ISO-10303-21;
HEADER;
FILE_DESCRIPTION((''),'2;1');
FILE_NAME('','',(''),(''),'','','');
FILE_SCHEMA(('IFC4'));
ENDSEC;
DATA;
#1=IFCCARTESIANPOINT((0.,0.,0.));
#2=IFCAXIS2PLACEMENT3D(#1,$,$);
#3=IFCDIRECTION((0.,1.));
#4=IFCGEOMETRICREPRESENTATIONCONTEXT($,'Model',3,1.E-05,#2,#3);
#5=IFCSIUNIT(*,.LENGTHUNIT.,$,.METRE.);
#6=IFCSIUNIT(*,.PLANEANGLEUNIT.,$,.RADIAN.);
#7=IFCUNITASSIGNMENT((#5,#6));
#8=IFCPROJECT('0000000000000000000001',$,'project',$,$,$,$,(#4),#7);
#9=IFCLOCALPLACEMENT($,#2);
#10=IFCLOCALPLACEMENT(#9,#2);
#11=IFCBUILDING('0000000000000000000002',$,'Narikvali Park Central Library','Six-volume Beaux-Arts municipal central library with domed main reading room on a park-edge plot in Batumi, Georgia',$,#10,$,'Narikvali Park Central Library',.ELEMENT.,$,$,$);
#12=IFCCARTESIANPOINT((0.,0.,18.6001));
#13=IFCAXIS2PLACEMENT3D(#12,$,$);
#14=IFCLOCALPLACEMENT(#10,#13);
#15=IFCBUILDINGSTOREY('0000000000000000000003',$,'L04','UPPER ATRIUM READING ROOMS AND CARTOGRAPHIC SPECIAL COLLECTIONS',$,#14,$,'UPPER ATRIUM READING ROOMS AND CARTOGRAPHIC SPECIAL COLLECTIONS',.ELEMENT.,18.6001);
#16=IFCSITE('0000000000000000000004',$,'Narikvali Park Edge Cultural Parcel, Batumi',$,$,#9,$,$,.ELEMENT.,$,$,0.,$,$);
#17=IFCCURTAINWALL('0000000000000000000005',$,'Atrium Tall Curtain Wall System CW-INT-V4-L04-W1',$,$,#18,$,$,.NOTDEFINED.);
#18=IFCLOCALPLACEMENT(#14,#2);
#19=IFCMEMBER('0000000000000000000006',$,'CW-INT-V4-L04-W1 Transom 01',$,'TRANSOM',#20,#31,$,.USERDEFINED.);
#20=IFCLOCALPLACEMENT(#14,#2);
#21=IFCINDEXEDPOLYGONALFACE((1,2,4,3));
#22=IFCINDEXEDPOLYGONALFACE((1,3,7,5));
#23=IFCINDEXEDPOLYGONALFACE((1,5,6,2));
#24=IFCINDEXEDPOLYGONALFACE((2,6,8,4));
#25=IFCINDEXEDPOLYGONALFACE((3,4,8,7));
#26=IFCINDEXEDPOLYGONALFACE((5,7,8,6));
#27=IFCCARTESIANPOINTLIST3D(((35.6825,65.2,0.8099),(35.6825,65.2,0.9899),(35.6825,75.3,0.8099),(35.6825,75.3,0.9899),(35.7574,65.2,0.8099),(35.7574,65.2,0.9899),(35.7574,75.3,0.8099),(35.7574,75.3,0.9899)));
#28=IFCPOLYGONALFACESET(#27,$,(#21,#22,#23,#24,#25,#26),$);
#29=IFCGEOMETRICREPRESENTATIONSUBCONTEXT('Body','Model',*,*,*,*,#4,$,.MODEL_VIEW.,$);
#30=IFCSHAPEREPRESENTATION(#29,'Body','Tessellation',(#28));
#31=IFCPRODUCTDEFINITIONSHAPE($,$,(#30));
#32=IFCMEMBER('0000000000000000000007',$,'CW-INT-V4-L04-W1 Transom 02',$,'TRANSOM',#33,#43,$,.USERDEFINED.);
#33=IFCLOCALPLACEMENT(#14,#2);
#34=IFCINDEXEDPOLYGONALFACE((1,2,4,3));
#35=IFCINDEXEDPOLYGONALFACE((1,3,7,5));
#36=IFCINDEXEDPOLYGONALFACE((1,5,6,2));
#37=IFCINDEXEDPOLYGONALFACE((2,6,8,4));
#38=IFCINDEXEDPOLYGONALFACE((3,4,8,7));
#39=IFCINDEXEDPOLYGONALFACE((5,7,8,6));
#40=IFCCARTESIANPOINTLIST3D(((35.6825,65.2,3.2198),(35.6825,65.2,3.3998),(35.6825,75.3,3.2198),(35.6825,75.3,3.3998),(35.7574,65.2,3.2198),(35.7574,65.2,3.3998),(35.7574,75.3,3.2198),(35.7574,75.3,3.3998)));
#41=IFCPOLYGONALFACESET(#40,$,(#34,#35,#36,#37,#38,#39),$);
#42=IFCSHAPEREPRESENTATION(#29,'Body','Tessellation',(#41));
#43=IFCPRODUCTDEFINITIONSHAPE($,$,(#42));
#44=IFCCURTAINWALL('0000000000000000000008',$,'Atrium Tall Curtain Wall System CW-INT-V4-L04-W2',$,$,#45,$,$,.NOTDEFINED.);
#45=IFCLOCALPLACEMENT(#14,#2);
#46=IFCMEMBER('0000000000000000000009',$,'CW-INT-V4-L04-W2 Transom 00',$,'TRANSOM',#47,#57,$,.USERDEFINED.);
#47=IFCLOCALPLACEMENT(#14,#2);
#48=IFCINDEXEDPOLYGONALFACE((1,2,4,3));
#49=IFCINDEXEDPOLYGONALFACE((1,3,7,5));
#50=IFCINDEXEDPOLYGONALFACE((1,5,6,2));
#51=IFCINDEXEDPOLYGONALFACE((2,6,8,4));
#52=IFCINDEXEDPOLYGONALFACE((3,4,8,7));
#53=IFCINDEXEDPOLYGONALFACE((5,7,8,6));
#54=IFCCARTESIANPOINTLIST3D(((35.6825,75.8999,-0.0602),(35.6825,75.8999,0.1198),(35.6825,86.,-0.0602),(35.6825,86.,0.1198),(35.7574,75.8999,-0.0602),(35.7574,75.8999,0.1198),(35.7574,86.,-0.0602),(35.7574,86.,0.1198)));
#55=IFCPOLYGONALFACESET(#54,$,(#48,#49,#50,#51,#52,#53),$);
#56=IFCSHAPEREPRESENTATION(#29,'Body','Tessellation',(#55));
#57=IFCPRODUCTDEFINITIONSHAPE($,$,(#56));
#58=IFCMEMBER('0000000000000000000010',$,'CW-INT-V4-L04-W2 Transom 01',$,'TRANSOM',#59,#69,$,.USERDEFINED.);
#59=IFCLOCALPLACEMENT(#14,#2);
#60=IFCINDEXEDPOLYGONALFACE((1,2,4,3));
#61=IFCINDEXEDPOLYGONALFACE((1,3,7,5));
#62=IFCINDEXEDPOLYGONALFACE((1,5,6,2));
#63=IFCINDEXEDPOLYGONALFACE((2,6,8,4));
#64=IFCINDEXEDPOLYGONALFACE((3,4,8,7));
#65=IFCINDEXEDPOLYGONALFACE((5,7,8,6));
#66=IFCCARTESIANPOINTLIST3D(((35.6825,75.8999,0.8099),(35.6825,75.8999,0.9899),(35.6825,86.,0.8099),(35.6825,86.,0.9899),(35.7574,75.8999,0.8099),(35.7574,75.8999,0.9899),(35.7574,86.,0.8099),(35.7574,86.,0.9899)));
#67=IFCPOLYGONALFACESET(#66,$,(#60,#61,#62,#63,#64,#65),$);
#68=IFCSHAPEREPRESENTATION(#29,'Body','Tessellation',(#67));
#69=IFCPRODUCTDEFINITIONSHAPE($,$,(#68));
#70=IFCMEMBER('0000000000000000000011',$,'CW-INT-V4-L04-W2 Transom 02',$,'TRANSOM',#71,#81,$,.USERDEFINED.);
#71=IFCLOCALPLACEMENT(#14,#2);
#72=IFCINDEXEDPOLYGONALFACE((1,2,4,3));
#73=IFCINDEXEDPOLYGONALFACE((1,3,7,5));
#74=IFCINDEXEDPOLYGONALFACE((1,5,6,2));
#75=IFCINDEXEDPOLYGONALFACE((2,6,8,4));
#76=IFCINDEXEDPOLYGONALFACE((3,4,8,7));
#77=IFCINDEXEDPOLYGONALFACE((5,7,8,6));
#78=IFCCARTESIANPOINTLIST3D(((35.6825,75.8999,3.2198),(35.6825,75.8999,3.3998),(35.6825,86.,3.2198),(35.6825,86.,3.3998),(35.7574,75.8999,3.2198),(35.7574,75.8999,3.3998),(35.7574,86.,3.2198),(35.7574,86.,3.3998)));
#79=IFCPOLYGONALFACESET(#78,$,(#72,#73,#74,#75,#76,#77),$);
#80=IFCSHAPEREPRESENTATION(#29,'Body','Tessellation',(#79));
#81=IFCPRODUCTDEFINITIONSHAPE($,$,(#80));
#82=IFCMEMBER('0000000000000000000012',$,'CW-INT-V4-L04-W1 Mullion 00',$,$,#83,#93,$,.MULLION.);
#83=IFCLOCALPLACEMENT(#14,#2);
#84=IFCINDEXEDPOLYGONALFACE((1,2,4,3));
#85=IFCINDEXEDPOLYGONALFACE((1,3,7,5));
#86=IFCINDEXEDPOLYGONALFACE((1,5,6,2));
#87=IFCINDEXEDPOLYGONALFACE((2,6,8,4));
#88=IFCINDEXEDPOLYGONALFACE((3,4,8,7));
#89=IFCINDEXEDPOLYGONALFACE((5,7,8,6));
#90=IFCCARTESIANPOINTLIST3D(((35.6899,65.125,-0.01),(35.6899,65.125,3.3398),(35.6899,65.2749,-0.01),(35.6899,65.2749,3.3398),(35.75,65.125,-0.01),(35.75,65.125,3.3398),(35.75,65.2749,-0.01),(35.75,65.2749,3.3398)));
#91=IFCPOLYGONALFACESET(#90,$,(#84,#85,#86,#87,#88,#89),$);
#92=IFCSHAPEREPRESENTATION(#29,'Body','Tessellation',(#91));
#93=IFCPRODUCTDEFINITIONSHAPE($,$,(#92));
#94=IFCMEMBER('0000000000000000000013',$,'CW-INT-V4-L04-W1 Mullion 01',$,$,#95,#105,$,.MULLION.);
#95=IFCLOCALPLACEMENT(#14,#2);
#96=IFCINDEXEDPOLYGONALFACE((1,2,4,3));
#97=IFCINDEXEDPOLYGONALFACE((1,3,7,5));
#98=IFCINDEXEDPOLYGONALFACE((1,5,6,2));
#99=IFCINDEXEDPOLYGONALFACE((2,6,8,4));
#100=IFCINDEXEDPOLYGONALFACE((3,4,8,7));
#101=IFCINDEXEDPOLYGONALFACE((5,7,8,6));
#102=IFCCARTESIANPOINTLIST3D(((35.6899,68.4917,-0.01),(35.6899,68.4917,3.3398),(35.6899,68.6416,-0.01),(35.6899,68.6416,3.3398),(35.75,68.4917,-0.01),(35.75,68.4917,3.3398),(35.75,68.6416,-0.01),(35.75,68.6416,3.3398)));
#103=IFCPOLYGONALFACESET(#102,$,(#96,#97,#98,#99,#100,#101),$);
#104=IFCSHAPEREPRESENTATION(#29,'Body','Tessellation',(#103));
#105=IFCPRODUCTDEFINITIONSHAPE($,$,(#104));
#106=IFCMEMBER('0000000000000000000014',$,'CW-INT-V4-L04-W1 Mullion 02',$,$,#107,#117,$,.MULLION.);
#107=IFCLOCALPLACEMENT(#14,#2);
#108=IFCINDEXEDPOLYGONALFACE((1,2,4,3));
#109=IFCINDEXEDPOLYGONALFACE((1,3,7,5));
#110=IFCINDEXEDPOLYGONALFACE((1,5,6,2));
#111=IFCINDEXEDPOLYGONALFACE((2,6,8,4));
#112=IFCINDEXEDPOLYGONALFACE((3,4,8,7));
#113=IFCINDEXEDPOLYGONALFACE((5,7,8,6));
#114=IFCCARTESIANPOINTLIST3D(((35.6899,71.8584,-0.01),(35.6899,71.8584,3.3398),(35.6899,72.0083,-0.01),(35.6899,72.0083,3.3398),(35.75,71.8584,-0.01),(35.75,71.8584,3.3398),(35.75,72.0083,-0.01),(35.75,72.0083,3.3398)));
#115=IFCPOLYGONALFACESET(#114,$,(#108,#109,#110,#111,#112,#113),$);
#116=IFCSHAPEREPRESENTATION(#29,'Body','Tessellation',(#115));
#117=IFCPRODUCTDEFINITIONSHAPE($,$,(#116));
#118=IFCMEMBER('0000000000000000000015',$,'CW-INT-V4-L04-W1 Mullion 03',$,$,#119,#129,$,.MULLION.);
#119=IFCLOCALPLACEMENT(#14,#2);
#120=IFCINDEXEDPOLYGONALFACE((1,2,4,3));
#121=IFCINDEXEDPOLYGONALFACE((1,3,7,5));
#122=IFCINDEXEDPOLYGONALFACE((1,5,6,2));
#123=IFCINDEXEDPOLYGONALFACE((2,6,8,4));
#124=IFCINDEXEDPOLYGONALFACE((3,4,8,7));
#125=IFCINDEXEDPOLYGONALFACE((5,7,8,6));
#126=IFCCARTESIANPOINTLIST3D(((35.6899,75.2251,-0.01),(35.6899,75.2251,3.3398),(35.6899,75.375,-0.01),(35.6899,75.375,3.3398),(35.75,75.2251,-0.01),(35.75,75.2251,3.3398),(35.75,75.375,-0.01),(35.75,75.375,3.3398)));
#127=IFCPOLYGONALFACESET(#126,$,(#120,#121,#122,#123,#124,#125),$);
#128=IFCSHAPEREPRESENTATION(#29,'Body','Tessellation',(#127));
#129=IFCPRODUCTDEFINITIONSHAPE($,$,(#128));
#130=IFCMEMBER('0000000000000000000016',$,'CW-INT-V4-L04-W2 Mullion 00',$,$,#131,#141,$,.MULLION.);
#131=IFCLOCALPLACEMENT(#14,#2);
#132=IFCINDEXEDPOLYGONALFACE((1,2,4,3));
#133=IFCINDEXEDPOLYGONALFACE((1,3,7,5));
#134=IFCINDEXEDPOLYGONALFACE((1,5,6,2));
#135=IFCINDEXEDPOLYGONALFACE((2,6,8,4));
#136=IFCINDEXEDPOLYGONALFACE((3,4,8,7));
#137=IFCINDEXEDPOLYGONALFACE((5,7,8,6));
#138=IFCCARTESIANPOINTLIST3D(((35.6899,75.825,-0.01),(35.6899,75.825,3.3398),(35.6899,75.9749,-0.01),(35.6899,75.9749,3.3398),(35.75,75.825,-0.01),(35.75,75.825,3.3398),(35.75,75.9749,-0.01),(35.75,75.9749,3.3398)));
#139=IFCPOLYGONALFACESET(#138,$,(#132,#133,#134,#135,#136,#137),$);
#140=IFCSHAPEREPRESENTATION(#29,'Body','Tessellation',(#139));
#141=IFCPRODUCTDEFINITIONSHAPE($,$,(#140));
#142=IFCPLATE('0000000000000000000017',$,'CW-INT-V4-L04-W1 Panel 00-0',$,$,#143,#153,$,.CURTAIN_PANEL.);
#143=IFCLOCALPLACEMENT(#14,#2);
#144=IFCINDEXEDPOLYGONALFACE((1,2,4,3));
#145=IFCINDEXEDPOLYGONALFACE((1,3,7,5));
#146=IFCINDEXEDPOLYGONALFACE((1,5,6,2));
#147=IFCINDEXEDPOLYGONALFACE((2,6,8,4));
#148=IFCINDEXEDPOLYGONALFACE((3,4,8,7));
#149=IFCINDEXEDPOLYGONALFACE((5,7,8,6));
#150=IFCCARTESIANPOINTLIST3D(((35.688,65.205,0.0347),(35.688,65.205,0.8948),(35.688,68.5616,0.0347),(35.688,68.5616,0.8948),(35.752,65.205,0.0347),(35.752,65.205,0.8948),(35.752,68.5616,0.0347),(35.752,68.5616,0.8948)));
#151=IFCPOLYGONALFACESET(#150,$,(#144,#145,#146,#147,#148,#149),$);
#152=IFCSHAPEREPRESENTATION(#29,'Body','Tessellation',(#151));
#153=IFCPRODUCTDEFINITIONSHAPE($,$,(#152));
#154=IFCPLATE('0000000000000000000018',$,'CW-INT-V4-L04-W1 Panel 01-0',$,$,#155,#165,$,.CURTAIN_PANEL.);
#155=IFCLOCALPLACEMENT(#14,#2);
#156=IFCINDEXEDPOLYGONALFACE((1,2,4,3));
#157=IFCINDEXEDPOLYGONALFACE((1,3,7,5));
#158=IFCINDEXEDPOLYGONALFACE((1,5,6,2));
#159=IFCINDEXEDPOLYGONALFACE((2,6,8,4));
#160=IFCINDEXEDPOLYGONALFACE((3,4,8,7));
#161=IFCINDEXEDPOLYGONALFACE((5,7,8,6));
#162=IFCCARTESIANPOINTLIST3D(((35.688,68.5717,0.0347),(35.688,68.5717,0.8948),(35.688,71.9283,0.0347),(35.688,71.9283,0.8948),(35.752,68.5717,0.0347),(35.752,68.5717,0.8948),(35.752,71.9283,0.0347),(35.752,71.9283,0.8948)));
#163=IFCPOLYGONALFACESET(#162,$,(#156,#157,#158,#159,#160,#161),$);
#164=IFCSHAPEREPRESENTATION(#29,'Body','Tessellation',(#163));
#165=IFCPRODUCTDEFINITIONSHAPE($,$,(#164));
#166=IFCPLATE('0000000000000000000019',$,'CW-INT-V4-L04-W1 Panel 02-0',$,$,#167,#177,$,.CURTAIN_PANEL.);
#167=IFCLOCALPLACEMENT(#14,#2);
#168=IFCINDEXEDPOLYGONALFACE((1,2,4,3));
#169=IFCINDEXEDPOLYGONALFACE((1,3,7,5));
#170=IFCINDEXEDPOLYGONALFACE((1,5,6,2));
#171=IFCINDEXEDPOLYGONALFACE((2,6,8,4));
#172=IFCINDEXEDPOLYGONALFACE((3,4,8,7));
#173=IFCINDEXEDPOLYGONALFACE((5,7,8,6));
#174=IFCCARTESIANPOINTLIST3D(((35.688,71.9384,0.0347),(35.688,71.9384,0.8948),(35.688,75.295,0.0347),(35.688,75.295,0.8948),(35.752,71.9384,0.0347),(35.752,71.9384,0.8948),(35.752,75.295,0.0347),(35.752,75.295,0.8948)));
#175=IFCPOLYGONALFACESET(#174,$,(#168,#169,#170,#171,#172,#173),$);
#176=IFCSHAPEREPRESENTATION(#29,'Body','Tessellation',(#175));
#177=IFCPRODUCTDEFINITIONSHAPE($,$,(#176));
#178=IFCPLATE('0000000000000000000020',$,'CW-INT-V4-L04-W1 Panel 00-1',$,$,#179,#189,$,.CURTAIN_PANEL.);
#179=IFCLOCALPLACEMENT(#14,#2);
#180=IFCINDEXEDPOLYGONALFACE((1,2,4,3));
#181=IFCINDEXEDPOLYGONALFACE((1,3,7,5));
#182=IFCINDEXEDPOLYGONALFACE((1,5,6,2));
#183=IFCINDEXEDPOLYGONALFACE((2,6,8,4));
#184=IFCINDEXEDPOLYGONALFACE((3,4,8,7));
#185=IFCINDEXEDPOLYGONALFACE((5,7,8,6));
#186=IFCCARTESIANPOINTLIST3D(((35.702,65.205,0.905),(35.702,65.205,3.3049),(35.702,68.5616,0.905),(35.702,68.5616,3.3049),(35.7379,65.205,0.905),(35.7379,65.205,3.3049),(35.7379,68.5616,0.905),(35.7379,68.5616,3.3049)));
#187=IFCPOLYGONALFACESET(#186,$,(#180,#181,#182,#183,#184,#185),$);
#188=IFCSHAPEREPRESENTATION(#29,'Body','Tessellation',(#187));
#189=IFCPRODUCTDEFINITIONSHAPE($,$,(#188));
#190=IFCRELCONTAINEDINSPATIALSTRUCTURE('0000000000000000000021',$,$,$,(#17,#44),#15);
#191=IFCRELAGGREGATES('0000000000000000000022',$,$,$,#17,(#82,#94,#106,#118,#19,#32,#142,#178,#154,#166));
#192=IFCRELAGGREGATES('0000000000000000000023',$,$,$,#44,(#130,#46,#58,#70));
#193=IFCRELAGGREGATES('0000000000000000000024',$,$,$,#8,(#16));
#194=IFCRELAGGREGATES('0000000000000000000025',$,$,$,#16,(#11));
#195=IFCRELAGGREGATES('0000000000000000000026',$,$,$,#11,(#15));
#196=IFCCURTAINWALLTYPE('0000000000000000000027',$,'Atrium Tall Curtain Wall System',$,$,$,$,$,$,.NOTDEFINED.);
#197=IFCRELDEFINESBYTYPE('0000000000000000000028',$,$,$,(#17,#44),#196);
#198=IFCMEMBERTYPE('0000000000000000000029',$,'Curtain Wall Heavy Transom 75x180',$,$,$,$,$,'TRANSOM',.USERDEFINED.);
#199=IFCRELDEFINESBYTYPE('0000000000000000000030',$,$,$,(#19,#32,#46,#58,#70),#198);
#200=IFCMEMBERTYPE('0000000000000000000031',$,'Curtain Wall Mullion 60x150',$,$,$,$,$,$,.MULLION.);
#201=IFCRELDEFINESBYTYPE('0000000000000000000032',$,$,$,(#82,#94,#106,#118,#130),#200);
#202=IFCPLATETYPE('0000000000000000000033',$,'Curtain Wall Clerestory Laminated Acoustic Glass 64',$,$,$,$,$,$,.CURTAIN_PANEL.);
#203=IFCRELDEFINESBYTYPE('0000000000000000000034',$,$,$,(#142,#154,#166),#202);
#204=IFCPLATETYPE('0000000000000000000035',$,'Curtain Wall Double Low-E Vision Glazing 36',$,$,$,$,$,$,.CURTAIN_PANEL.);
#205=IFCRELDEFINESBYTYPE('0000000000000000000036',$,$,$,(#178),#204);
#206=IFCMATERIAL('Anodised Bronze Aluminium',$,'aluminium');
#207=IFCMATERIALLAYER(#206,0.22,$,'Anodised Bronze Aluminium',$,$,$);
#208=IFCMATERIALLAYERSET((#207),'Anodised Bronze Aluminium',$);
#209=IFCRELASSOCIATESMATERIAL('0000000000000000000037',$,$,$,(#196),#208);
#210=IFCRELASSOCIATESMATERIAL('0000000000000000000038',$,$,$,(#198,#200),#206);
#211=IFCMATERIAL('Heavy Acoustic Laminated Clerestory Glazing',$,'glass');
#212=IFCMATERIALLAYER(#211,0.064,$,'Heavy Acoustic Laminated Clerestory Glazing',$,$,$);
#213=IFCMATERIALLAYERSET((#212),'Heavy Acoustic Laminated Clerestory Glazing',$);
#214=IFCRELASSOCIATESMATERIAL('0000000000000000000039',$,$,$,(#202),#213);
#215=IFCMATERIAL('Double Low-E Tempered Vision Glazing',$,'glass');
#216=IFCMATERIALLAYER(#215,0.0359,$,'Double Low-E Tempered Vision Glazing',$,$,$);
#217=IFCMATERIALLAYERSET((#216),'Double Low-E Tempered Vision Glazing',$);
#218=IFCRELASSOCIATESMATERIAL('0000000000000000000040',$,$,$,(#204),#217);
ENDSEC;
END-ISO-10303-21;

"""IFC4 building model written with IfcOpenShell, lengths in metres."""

from ifc_helpers import new_model, si_unit, direction, frame, origin, origin_2d, place, context, subcontext, project, spatial, rectangle, extrude, material, layer, layer_set, material_profile, profile_set, type_object, element, aggregate, save


model = new_model("IFC4")

# Units and contexts
model_context = context("Model", 3, precision=1e-05, world=origin(), true_north=direction((0.0, 1.0)))
body_context = subcontext(model_context, "Body", "Model", "MODEL_VIEW")
ifc_project = project(units=[si_unit("LENGTHUNIT", "METRE"), si_unit("PLANEANGLEUNIT", "RADIAN")], contexts=[model_context])

# Site, building, storey
site_placement = place(None, origin())
site = spatial("IfcSite", under=ifc_project, at=site_placement, Name="Narikvali Park Edge Cultural Parcel, Batumi", CompositionType="ELEMENT", RefElevation=0.0)
building_placement = place(site_placement, origin())
building = spatial("IfcBuilding", under=site, at=building_placement, Name="Narikvali Park Central Library", Description="Six-volume Beaux-Arts municipal central library with domed main reading room on a park-edge plot in Batumi, Georgia", LongName="Narikvali Park Central Library", CompositionType="ELEMENT")
storey_placement = place(building_placement, frame((0.0, 0.0, 18.6001)))
storey = spatial("IfcBuildingStorey", under=building, at=storey_placement, Name="L04", Description="UPPER ATRIUM READING ROOMS AND CARTOGRAPHIC SPECIAL COLLECTIONS", LongName="UPPER ATRIUM READING ROOMS AND CARTOGRAPHIC SPECIAL COLLECTIONS", CompositionType="ELEMENT", Elevation=18.6001)

# Curtain walls, members
ifc_material_1 = material(Name="Anodised Bronze Aluminium", Category="aluminium")
ifc_layer_1 = layer(ifc_material_1, 0.22, Name="Anodised Bronze Aluminium")
ifc_layer_set_1 = layer_set([ifc_layer_1], Name="Anodised Bronze Aluminium")
curtain_wall_type = type_object("IfcCurtainWallType", Name="Atrium Tall Curtain Wall System", PredefinedType="NOTDEFINED", material=ifc_layer_set_1)
curtain_wall_1_placement = place(storey_placement, origin())
curtain_wall_1 = element("IfcCurtainWall", 1, at=curtain_wall_1_placement, inside=storey, type_object=curtain_wall_type, Name="Atrium Tall Curtain Wall System CW-INT-V4-L04-W1", PredefinedType="NOTDEFINED")
ifc_material_profile_1 = material_profile(ifc_material_1, rectangle(XDim=0.075, YDim=0.1799, at=origin_2d()), Name="CW TRANSOM 75x180")
ifc_profile_set_1 = profile_set([ifc_material_profile_1], Name="Anodised Bronze Aluminium")
member_type_1 = type_object("IfcMemberType", Name="Curtain Wall Heavy Transom 75x180", ElementType="TRANSOM", PredefinedType="USERDEFINED", material=ifc_profile_set_1)
member_1_placement = place(storey_placement, frame((35.72, 65.2, 0.8999), z_axis=(0.0, 1.0, 0.0), x_axis=(-1.0, 0.0, 0.0)))
member_1 = element("IfcMember", 2, at=member_1_placement, type_object=member_type_1, Name="CW-INT-V4-L04-W1 Transom 01", ObjectType="TRANSOM", PredefinedType="USERDEFINED", context=body_context, shape_type="SweptSolid", body=[
    extrude(rectangle(XDim=0.075, YDim=0.1799, at=origin_2d()), origin(), (0.0, 0.0, 1.0), 10.1001),
])
member_2_placement = place(storey_placement, frame((35.72, 65.2, 3.3098), z_axis=(0.0, 1.0, 0.0), x_axis=(-1.0, 0.0, 0.0)))
member_2 = element("IfcMember", 3, at=member_2_placement, type_object=member_type_1, Name="CW-INT-V4-L04-W1 Transom 02", ObjectType="TRANSOM", PredefinedType="USERDEFINED", context=body_context, shape_type="SweptSolid", body=[
    extrude(rectangle(XDim=0.075, YDim=0.1799, at=origin_2d()), origin(), (0.0, 0.0, 1.0), 10.1001),
])
curtain_wall_2_placement = place(storey_placement, origin())
curtain_wall_2 = element("IfcCurtainWall", 4, at=curtain_wall_2_placement, inside=storey, type_object=curtain_wall_type, Name="Atrium Tall Curtain Wall System CW-INT-V4-L04-W2", PredefinedType="NOTDEFINED")
member_3_placement = place(storey_placement, frame((35.72, 75.8999, 0.0298), z_axis=(0.0, 1.0, 0.0), x_axis=(-1.0, 0.0, 0.0)))
member_3 = element("IfcMember", 5, at=member_3_placement, type_object=member_type_1, Name="CW-INT-V4-L04-W2 Transom 00", ObjectType="TRANSOM", PredefinedType="USERDEFINED", context=body_context, shape_type="SweptSolid", body=[
    extrude(rectangle(XDim=0.075, YDim=0.1799, at=origin_2d()), origin(), (0.0, 0.0, 1.0), 10.1001),
])
member_4_placement = place(storey_placement, frame((35.72, 75.8999, 0.8999), z_axis=(0.0, 1.0, 0.0), x_axis=(-1.0, 0.0, 0.0)))
member_4 = element("IfcMember", 6, at=member_4_placement, type_object=member_type_1, Name="CW-INT-V4-L04-W2 Transom 01", ObjectType="TRANSOM", PredefinedType="USERDEFINED", context=body_context, shape_type="SweptSolid", body=[
    extrude(rectangle(XDim=0.075, YDim=0.1799, at=origin_2d()), origin(), (0.0, 0.0, 1.0), 10.1001),
])
member_5_placement = place(storey_placement, frame((35.72, 75.8999, 3.3098), z_axis=(0.0, 1.0, 0.0), x_axis=(-1.0, 0.0, 0.0)))
member_5 = element("IfcMember", 7, at=member_5_placement, type_object=member_type_1, Name="CW-INT-V4-L04-W2 Transom 02", ObjectType="TRANSOM", PredefinedType="USERDEFINED", context=body_context, shape_type="SweptSolid", body=[
    extrude(rectangle(XDim=0.075, YDim=0.1799, at=origin_2d()), origin(), (0.0, 0.0, 1.0), 10.1001),
])

# Members
ifc_material_profile_2 = material_profile(ifc_material_1, rectangle(XDim=0.0601, YDim=0.1499, at=origin_2d()), Name="CW MULLION 60x150")
ifc_profile_set_2 = profile_set([ifc_material_profile_2], Name="Anodised Bronze Aluminium")
member_type_2 = type_object("IfcMemberType", Name="Curtain Wall Mullion 60x150", PredefinedType="MULLION", material=ifc_profile_set_2)
member_6_placement = place(storey_placement, frame((35.72, 65.2, -0.01), z_axis=(0.0, 0.0, 1.0), x_axis=(1.0, 0.0, 0.0)))
member_6 = element("IfcMember", 8, at=member_6_placement, type_object=member_type_2, Name="CW-INT-V4-L04-W1 Mullion 00", PredefinedType="MULLION", context=body_context, shape_type="SweptSolid", body=[
    extrude(rectangle(XDim=0.0601, YDim=0.1499, at=origin_2d()), origin(), (0.0, 0.0, 1.0), 3.3499),
])
member_7_placement = place(storey_placement, frame((35.72, 68.5667, -0.01), z_axis=(0.0, 0.0, 1.0), x_axis=(1.0, 0.0, 0.0)))
member_7 = element("IfcMember", 9, at=member_7_placement, type_object=member_type_2, Name="CW-INT-V4-L04-W1 Mullion 01", PredefinedType="MULLION", context=body_context, shape_type="SweptSolid", body=[
    extrude(rectangle(XDim=0.0601, YDim=0.1499, at=origin_2d()), origin(), (0.0, 0.0, 1.0), 3.3499),
])
member_8_placement = place(storey_placement, frame((35.72, 71.9333, -0.01), z_axis=(0.0, 0.0, 1.0), x_axis=(1.0, 0.0, 0.0)))
member_8 = element("IfcMember", 10, at=member_8_placement, type_object=member_type_2, Name="CW-INT-V4-L04-W1 Mullion 02", PredefinedType="MULLION", context=body_context, shape_type="SweptSolid", body=[
    extrude(rectangle(XDim=0.0601, YDim=0.1499, at=origin_2d()), origin(), (0.0, 0.0, 1.0), 3.3499),
])
member_9_placement = place(storey_placement, frame((35.72, 75.3, -0.01), z_axis=(0.0, 0.0, 1.0), x_axis=(1.0, 0.0, 0.0)))
member_9 = element("IfcMember", 11, at=member_9_placement, type_object=member_type_2, Name="CW-INT-V4-L04-W1 Mullion 03", PredefinedType="MULLION", context=body_context, shape_type="SweptSolid", body=[
    extrude(rectangle(XDim=0.0601, YDim=0.1499, at=origin_2d()), origin(), (0.0, 0.0, 1.0), 3.3499),
])
member_10_placement = place(storey_placement, frame((35.72, 75.8999, -0.01), z_axis=(0.0, 0.0, 1.0), x_axis=(1.0, 0.0, 0.0)))
member_10 = element("IfcMember", 12, at=member_10_placement, type_object=member_type_2, Name="CW-INT-V4-L04-W2 Mullion 00", PredefinedType="MULLION", context=body_context, shape_type="SweptSolid", body=[
    extrude(rectangle(XDim=0.0601, YDim=0.1499, at=origin_2d()), origin(), (0.0, 0.0, 1.0), 3.3499),
])

# Plates
ifc_material_2 = material(Name="Heavy Acoustic Laminated Clerestory Glazing", Category="glass")
ifc_layer_2 = layer(ifc_material_2, 0.064, Name="Heavy Acoustic Laminated Clerestory Glazing")
ifc_layer_set_2 = layer_set([ifc_layer_2], Name="Heavy Acoustic Laminated Clerestory Glazing")
plate_type_1 = type_object("IfcPlateType", Name="Curtain Wall Clerestory Laminated Acoustic Glass 64", PredefinedType="CURTAIN_PANEL", material=ifc_layer_set_2)
plate_1_placement = place(storey_placement, frame((35.72, 66.8833, 0.0347), z_axis=(0.0, 0.0, 1.0), x_axis=(0.0, 1.0, 0.0)))
plate_1 = element("IfcPlate", 13, at=plate_1_placement, type_object=plate_type_1, Name="CW-INT-V4-L04-W1 Panel 00-0", PredefinedType="CURTAIN_PANEL", context=body_context, shape_type="SweptSolid", body=[
    extrude(rectangle(XDim=3.3567, YDim=0.064, at=origin_2d()), origin(), (0.0, 0.0, 1.0), 0.8601),
])
plate_2_placement = place(storey_placement, frame((35.72, 70.25, 0.0347), z_axis=(0.0, 0.0, 1.0), x_axis=(0.0, 1.0, 0.0)))
plate_2 = element("IfcPlate", 14, at=plate_2_placement, type_object=plate_type_1, Name="CW-INT-V4-L04-W1 Panel 01-0", PredefinedType="CURTAIN_PANEL", context=body_context, shape_type="SweptSolid", body=[
    extrude(rectangle(XDim=3.3567, YDim=0.064, at=origin_2d()), origin(), (0.0, 0.0, 1.0), 0.8601),
])
plate_3_placement = place(storey_placement, frame((35.72, 73.6167, 0.0347), z_axis=(0.0, 0.0, 1.0), x_axis=(0.0, 1.0, 0.0)))
plate_3 = element("IfcPlate", 15, at=plate_3_placement, type_object=plate_type_1, Name="CW-INT-V4-L04-W1 Panel 02-0", PredefinedType="CURTAIN_PANEL", context=body_context, shape_type="SweptSolid", body=[
    extrude(rectangle(XDim=3.3567, YDim=0.064, at=origin_2d()), origin(), (0.0, 0.0, 1.0), 0.8601),
])
ifc_material_3 = material(Name="Double Low-E Tempered Vision Glazing", Category="glass")
ifc_layer_3 = layer(ifc_material_3, 0.0359, Name="Double Low-E Tempered Vision Glazing")
ifc_layer_set_3 = layer_set([ifc_layer_3], Name="Double Low-E Tempered Vision Glazing")
plate_type_2 = type_object("IfcPlateType", Name="Curtain Wall Double Low-E Vision Glazing 36", PredefinedType="CURTAIN_PANEL", material=ifc_layer_set_3)
plate_4_placement = place(storey_placement, frame((35.72, 66.8833, 0.905), z_axis=(0.0, 0.0, 1.0), x_axis=(0.0, 1.0, 0.0)))
plate_4 = element("IfcPlate", 16, at=plate_4_placement, type_object=plate_type_2, Name="CW-INT-V4-L04-W1 Panel 00-1", PredefinedType="CURTAIN_PANEL", context=body_context, shape_type="SweptSolid", body=[
    extrude(rectangle(XDim=3.3567, YDim=0.0359, at=origin_2d()), origin(), (0.0, 0.0, 1.0), 2.3999),
])
aggregate(curtain_wall_1, [member_6, member_7, member_8, member_9, member_1, member_2, plate_1, plate_4, plate_2, plate_3])

aggregate(curtain_wall_2, [member_10, member_3, member_4, member_5])

save(model, "model.ifc")
